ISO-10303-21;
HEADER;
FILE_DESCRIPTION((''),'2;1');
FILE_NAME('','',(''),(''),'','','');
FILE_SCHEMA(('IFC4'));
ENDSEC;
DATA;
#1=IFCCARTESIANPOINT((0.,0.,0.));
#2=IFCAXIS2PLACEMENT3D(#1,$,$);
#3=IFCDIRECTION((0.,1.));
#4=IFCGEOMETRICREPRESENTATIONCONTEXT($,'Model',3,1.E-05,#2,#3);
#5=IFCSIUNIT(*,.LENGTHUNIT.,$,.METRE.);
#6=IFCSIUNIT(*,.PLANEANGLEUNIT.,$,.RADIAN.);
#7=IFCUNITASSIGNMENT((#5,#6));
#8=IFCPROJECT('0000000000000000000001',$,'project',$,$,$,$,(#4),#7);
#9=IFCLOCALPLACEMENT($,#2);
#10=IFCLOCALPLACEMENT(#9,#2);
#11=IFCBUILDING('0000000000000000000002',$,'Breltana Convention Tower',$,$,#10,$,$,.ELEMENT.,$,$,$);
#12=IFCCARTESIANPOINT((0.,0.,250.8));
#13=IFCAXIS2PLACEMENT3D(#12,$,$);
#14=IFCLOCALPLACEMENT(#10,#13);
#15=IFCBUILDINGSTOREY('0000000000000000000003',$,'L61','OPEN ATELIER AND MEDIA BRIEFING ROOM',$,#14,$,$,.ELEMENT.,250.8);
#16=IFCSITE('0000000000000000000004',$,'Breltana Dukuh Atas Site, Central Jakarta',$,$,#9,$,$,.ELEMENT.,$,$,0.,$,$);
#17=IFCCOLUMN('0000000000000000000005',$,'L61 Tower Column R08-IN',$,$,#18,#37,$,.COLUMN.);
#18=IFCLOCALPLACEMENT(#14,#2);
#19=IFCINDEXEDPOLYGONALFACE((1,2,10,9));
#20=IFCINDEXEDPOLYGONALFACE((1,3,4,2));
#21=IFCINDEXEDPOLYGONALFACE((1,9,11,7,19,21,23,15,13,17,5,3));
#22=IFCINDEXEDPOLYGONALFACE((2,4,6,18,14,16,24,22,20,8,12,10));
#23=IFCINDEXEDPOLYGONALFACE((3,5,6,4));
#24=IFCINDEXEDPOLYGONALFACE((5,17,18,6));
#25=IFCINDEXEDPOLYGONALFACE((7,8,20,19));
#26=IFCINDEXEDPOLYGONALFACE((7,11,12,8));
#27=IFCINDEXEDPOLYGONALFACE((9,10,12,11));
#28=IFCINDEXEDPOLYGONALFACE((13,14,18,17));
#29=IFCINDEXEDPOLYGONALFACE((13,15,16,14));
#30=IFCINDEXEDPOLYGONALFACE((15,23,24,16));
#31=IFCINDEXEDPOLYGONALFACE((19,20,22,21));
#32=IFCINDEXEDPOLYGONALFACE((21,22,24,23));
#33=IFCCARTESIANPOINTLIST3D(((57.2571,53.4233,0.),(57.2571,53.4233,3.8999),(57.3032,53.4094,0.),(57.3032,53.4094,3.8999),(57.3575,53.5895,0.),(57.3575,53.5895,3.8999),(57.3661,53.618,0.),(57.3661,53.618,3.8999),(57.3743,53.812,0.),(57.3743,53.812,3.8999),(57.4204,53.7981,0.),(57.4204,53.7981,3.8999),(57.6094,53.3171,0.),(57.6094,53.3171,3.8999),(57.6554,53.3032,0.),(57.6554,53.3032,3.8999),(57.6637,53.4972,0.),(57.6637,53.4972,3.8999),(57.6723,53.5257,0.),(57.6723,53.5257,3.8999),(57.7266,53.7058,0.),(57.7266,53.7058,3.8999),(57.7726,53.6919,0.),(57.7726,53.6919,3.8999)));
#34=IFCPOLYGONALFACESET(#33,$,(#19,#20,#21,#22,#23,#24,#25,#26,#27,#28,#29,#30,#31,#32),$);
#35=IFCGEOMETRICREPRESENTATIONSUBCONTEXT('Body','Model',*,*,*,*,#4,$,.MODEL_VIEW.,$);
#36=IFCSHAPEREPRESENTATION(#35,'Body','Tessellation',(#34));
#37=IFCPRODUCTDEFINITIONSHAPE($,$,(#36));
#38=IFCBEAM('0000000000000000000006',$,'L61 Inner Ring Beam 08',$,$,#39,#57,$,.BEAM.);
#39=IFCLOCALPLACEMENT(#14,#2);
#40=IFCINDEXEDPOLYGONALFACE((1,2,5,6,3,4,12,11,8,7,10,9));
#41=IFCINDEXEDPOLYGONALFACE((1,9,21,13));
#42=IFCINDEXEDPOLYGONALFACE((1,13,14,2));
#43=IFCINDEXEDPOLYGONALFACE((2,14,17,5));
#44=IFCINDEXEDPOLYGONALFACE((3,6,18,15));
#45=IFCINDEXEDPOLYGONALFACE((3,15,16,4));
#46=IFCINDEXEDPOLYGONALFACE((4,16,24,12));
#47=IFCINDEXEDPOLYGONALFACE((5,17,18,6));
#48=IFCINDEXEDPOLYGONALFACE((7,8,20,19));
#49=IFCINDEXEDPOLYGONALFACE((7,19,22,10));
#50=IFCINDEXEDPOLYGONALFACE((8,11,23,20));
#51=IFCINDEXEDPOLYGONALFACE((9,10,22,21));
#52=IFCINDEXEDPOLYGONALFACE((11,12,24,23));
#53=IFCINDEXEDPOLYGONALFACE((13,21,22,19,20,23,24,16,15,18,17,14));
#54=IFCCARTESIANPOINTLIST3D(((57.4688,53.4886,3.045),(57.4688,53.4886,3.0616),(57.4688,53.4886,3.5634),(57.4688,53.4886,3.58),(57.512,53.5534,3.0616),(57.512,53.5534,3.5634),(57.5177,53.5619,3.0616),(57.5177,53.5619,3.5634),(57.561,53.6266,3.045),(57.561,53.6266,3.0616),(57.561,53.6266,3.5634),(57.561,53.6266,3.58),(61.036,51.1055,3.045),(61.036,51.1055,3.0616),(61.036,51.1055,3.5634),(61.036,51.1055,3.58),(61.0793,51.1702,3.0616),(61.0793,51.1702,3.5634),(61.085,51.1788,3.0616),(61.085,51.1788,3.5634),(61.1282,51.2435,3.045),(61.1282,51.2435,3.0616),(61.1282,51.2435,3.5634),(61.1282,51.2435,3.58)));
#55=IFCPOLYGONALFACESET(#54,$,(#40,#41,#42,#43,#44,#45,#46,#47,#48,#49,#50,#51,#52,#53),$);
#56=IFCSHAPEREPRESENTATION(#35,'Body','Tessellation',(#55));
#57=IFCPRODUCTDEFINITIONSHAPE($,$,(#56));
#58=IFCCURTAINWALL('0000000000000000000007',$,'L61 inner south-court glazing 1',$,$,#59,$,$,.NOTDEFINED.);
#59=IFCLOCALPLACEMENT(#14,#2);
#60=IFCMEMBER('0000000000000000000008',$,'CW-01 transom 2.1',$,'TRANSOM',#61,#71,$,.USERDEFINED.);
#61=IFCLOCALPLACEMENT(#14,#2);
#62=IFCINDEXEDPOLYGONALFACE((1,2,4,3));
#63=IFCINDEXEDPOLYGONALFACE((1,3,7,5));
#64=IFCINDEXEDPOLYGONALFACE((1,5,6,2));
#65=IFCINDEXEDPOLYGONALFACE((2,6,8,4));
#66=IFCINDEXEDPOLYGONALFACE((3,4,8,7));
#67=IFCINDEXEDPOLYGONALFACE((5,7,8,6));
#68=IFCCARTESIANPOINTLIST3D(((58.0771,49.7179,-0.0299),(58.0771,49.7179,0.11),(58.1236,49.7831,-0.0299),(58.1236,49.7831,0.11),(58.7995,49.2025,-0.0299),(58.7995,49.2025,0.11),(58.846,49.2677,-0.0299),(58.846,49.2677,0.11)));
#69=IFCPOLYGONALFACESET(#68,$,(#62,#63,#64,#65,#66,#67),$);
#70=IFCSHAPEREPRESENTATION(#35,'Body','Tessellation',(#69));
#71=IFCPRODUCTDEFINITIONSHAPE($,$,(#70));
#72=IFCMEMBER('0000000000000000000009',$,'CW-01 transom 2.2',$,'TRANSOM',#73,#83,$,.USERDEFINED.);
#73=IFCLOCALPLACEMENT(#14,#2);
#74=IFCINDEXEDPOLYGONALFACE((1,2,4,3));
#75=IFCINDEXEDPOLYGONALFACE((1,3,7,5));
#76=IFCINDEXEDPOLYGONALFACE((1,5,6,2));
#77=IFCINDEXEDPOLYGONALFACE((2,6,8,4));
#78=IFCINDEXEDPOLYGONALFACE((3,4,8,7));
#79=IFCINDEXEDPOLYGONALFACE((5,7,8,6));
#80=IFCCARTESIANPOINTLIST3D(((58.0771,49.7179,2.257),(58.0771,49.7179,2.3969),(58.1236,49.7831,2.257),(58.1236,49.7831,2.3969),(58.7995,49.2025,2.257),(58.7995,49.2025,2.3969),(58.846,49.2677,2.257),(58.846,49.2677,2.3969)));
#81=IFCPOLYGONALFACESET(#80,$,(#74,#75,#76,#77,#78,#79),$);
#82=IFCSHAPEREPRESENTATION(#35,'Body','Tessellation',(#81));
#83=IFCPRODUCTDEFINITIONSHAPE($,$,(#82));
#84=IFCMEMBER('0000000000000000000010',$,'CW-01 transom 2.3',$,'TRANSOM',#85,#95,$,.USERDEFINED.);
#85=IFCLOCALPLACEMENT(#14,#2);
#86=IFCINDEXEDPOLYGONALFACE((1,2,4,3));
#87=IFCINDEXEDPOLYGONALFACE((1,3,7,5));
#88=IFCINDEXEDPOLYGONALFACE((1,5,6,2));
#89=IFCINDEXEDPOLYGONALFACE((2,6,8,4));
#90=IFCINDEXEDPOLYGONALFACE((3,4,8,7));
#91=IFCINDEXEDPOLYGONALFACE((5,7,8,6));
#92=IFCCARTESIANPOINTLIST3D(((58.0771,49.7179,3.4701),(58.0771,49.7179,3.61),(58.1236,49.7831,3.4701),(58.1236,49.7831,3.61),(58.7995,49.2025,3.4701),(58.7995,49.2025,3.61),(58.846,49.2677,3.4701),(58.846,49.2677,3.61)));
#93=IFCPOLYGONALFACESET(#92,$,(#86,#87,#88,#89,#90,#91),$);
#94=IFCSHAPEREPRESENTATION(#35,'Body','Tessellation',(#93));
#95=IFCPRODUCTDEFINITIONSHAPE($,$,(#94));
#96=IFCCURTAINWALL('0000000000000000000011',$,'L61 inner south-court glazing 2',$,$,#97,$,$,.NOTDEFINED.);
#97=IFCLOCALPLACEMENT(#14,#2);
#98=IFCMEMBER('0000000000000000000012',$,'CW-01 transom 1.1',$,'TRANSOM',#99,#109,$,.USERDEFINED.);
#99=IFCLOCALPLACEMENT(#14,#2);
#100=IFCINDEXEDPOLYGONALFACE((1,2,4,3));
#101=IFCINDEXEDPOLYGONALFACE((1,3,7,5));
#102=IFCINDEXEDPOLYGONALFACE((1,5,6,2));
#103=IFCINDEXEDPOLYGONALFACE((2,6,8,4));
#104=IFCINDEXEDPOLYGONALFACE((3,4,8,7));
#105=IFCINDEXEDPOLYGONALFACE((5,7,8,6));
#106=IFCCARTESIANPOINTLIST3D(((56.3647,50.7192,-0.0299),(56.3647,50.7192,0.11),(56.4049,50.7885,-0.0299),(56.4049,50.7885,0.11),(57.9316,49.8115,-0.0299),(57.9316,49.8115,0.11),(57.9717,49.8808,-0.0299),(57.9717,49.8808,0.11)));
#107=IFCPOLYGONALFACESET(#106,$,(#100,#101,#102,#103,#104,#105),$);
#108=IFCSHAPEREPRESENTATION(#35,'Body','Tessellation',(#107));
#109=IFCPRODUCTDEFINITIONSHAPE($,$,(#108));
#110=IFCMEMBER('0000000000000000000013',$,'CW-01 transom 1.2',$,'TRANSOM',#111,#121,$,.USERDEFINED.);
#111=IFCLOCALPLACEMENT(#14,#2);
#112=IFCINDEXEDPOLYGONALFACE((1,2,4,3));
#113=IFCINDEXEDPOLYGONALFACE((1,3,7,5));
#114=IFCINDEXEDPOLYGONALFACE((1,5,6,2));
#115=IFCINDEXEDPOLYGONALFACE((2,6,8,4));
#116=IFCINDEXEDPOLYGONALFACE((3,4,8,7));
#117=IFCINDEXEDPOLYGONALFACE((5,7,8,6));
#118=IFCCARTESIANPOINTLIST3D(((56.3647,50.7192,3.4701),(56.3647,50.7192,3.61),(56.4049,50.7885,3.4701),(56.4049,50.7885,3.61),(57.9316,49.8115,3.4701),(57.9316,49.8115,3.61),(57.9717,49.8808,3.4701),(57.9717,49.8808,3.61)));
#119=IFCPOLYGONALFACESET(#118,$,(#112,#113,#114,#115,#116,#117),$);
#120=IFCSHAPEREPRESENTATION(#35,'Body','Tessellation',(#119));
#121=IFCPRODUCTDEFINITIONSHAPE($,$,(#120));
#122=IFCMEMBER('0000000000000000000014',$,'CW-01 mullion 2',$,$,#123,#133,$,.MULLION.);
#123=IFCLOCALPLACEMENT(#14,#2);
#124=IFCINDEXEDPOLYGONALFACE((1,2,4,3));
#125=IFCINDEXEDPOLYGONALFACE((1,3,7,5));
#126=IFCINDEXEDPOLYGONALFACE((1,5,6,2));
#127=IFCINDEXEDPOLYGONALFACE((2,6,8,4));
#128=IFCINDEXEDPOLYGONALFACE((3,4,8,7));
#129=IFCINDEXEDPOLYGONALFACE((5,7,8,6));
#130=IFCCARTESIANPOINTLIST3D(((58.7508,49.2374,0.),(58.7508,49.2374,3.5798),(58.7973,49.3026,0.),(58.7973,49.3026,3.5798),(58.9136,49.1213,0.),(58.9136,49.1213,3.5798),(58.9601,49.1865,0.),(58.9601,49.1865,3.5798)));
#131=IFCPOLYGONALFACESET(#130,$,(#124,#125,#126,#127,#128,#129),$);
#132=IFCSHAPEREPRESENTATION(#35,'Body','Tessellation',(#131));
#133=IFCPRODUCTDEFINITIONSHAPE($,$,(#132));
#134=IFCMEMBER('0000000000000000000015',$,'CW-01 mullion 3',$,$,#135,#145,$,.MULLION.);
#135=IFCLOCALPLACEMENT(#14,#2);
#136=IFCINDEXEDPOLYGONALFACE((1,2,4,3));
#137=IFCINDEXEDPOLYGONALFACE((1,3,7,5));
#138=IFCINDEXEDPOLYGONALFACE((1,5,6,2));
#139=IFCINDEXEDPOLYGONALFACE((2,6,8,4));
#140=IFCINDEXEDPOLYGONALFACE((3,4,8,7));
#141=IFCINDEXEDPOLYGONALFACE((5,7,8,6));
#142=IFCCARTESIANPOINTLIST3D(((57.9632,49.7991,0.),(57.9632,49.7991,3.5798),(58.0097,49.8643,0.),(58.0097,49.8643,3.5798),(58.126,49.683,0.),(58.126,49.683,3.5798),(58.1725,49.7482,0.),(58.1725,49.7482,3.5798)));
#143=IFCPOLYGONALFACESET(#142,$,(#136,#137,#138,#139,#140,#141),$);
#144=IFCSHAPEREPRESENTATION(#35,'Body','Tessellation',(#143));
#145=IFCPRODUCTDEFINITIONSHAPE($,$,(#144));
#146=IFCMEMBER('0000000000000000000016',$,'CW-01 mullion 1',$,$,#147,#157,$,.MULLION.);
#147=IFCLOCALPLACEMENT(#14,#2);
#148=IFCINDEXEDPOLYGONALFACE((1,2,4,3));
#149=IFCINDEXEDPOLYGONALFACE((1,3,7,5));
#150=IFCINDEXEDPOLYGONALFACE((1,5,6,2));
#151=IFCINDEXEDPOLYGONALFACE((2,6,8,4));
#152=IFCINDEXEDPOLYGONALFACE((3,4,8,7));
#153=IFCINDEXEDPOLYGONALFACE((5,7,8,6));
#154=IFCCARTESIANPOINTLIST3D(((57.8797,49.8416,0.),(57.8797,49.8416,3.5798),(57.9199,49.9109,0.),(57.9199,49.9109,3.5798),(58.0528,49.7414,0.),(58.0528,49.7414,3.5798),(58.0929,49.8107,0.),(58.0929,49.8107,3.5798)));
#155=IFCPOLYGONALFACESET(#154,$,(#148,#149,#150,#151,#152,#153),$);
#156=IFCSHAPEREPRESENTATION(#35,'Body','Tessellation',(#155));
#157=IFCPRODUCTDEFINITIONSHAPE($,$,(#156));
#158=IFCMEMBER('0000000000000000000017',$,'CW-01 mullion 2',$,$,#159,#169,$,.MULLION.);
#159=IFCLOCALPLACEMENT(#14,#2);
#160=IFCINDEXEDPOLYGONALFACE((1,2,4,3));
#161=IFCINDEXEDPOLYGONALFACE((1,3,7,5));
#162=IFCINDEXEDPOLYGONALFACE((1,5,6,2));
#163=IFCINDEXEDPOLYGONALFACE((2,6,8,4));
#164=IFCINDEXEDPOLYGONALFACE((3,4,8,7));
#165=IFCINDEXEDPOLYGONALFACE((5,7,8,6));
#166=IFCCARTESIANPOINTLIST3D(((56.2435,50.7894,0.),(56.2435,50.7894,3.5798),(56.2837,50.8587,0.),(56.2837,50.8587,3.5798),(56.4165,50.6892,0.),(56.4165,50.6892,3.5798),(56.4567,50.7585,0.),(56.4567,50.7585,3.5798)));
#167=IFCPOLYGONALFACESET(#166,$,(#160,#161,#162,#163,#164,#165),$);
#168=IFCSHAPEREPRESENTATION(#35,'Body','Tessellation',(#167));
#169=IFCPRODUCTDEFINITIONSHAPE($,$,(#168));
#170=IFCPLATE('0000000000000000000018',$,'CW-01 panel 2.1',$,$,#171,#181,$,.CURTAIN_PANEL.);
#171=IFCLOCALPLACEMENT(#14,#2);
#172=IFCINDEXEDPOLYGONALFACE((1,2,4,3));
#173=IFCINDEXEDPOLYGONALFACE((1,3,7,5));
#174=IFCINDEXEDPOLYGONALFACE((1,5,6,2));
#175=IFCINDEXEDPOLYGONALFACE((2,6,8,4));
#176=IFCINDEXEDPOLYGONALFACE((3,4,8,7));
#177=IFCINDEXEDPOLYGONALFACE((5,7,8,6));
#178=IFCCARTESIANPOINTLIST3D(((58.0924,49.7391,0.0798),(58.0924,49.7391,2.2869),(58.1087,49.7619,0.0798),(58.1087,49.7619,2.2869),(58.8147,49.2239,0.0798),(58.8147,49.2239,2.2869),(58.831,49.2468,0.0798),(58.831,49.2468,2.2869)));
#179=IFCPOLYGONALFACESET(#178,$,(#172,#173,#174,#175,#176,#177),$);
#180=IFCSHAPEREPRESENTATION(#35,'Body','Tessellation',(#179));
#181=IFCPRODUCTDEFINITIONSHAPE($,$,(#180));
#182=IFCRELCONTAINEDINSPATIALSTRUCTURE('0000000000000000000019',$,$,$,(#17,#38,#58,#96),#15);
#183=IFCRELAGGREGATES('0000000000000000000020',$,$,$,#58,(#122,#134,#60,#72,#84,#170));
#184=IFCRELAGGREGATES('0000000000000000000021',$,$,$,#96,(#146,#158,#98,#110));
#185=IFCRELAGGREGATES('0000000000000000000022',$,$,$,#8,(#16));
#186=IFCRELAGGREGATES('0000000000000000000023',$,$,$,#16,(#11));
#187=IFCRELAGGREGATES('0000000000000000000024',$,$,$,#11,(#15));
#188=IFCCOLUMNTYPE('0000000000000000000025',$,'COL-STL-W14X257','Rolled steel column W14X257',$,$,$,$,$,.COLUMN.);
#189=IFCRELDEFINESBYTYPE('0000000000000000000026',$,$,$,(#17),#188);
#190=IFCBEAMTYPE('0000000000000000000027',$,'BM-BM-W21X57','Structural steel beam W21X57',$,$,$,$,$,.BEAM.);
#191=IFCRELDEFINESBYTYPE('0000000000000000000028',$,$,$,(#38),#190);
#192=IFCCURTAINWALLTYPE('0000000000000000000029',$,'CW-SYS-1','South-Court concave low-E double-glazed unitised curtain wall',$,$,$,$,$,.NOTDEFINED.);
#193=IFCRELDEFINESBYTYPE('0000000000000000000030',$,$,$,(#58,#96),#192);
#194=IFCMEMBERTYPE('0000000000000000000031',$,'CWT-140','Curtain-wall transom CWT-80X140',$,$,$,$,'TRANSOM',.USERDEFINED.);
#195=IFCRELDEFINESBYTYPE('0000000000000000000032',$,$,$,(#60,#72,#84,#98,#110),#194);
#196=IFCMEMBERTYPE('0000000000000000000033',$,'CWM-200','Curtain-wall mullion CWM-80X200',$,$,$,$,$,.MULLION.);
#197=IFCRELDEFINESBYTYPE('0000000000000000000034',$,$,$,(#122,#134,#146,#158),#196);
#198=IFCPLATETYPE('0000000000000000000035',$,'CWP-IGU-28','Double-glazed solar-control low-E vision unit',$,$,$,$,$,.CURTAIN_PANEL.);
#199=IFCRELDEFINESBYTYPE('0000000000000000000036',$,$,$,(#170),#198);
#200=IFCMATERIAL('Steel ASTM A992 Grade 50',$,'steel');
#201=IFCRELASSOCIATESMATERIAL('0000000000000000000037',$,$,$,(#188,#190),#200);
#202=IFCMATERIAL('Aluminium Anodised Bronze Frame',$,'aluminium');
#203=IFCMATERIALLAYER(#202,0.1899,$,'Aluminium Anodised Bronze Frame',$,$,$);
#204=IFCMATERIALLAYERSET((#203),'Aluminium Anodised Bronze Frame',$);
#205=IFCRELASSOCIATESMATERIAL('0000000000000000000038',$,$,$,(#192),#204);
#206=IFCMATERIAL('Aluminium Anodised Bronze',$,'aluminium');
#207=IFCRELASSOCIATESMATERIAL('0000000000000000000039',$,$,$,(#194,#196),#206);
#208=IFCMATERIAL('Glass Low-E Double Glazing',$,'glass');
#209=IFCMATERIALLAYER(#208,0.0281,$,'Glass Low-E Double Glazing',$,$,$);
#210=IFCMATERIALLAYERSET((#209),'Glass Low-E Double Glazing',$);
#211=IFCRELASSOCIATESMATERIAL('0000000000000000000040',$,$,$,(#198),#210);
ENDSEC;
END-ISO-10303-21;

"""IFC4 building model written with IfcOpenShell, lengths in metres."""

from ifc_helpers import new_model, si_unit, direction, frame, origin, origin_2d, place, context, subcontext, project, spatial, rectangle, i_section, extrude, source, transform, mapped, material, layer, layer_set, material_profile, profile_set, type_object, element, aggregate, save


model = new_model("IFC4")

# Units and contexts
model_context = context("Model", 3, precision=1e-05, world=origin(), true_north=direction((0.0, 1.0)))
body_context = subcontext(model_context, "Body", "Model", "MODEL_VIEW")
ifc_project = project(units=[si_unit("LENGTHUNIT", "METRE"), si_unit("PLANEANGLEUNIT", "RADIAN")], contexts=[model_context])

# Site, building, storey
site_placement = place(None, origin())
site = spatial("IfcSite", under=ifc_project, at=site_placement, Name="Breltana Dukuh Atas Site, Central Jakarta", CompositionType="ELEMENT", RefElevation=0.0)
building_placement = place(site_placement, origin())
building = spatial("IfcBuilding", under=site, at=building_placement, Name="Breltana Convention Tower", CompositionType="ELEMENT")
storey_placement = place(building_placement, frame((0.0, 0.0, 250.8)))
storey = spatial("IfcBuildingStorey", under=building, at=storey_placement, Name="L61", Description="OPEN ATELIER AND MEDIA BRIEFING ROOM", CompositionType="ELEMENT", Elevation=250.8)

# Column
ifc_material_1 = material(Name="Steel ASTM A992 Grade 50", Category="steel")
ifc_material_profile_1 = material_profile(ifc_material_1, i_section(OverallWidth=0.406, OverallDepth=0.416, WebThickness=0.0298, FlangeThickness=0.0481, at=origin_2d()), Name="W14X257")
ifc_profile_set_1 = profile_set([ifc_material_profile_1], Name="Steel ASTM A992 Grade 50")
column_type = type_object("IfcColumnType", Name="COL-STL-W14X257", Description="Rolled steel column W14X257", PredefinedType="COLUMN", material=ifc_profile_set_1)
shared_shape_1 = source(origin(), body_context, "Body", "SweptSolid", [
    extrude(i_section(OverallWidth=0.406, OverallDepth=0.416, WebThickness=0.0298, FlangeThickness=0.0481, at=origin_2d()), origin(), (0.0, 0.0, 1.0), 3.8999),
])
column_placement = place(storey_placement, frame((57.5149, 53.5576, 0.0), z_axis=(0.0, 0.0, 1.0), x_axis=(0.288698, 0.95742, 0.0)))
element("IfcColumn", 1, at=column_placement, inside=storey, type_object=column_type, Name="L61 Tower Column R08-IN", PredefinedType="COLUMN", context=body_context, shape_type="MappedRepresentation", body=[
    mapped(shared_shape_1, transform((0.0, 0.0, 0.0), scale=1.0)),
])

# Beam
ifc_material_profile_2 = material_profile(ifc_material_1, i_section(OverallWidth=0.166, OverallDepth=0.5349, WebThickness=0.0103, FlangeThickness=0.0166, at=origin_2d()), Name="W21X57")
ifc_profile_set_2 = profile_set([ifc_material_profile_2], Name="Steel ASTM A992 Grade 50")
beam_type = type_object("IfcBeamType", Name="BM-BM-W21X57", Description="Structural steel beam W21X57", PredefinedType="BEAM", material=ifc_profile_set_2)
shared_shape_2 = source(origin(), body_context, "Body", "SweptSolid", [
    extrude(i_section(OverallWidth=0.166, OverallDepth=0.5349, WebThickness=0.0103, FlangeThickness=0.0166, at=origin_2d()), origin(), (0.0, 0.0, 1.0), 4.29),
])
beam_placement = place(storey_placement, frame((57.5149, 53.5576, 3.3125), z_axis=(0.831516, -0.555501, 0.0), x_axis=(0.555501, 0.831516, 0.0)))
element("IfcBeam", 2, at=beam_placement, inside=storey, type_object=beam_type, Name="L61 Inner Ring Beam 08", PredefinedType="BEAM", context=body_context, shape_type="MappedRepresentation", body=[
    mapped(shared_shape_2, transform((0.0, 0.0, 0.0), scale=1.0)),
])

# Curtain walls, members
ifc_material_2 = material(Name="Aluminium Anodised Bronze Frame", Category="aluminium")
ifc_layer_1 = layer(ifc_material_2, 0.1899, Name="Aluminium Anodised Bronze Frame")
ifc_layer_set_1 = layer_set([ifc_layer_1], Name="Aluminium Anodised Bronze Frame")
curtain_wall_type = type_object("IfcCurtainWallType", Name="CW-SYS-1", Description="South-Court concave low-E double-glazed unitised curtain wall", PredefinedType="NOTDEFINED", material=ifc_layer_set_1)
curtain_wall_1_placement = place(storey_placement, origin())
curtain_wall_1 = element("IfcCurtainWall", 3, at=curtain_wall_1_placement, inside=storey, type_object=curtain_wall_type, Name="L61 inner south-court glazing 1", PredefinedType="NOTDEFINED")
ifc_material_3 = material(Name="Aluminium Anodised Bronze", Category="aluminium")
ifc_material_profile_3 = material_profile(ifc_material_3, rectangle(XDim=0.0801, YDim=0.1399, at=origin_2d()), Name="CWT-80X140")
ifc_profile_set_3 = profile_set([ifc_material_profile_3], Name="Aluminium Anodised Bronze")
member_type_1 = type_object("IfcMemberType", Name="CWT-140", Description="Curtain-wall transom CWT-80X140", ElementType="TRANSOM", PredefinedType="USERDEFINED", material=ifc_profile_set_3)
shared_shape_3 = source(origin(), body_context, "Body", "SweptSolid", [
    extrude(rectangle(XDim=0.0801, YDim=0.1399, at=origin_2d()), origin(), (0.0, 0.0, 1.0), 0.8875),
])
member_1_placement = place(storey_placement, frame((58.8228, 49.2351, 0.04), z_axis=(-0.814068, 0.58077, 0.0), x_axis=(-0.58077, -0.814068, 0.0)))
member_1 = element("IfcMember", 4, at=member_1_placement, type_object=member_type_1, Name="CW-01 transom 2.1", ObjectType="TRANSOM", PredefinedType="USERDEFINED", context=body_context, shape_type="MappedRepresentation", body=[
    mapped(shared_shape_3, transform((0.0, 0.0, 0.0), scale=1.0)),
])
member_2_placement = place(storey_placement, frame((58.8228, 49.2351, 2.3269), z_axis=(-0.814068, 0.58077, 0.0), x_axis=(-0.58077, -0.814068, 0.0)))
member_2 = element("IfcMember", 5, at=member_2_placement, type_object=member_type_1, Name="CW-01 transom 2.2", ObjectType="TRANSOM", PredefinedType="USERDEFINED", context=body_context, shape_type="MappedRepresentation", body=[
    mapped(shared_shape_3, transform((0.0, 0.0, 0.0), scale=1.0)),
])
member_3_placement = place(storey_placement, frame((58.8228, 49.2351, 3.54), z_axis=(-0.814068, 0.58077, 0.0), x_axis=(-0.58077, -0.814068, 0.0)))
member_3 = element("IfcMember", 6, at=member_3_placement, type_object=member_type_1, Name="CW-01 transom 2.3", ObjectType="TRANSOM", PredefinedType="USERDEFINED", context=body_context, shape_type="MappedRepresentation", body=[
    mapped(shared_shape_3, transform((0.0, 0.0, 0.0), scale=1.0)),
])
curtain_wall_2_placement = place(storey_placement, origin())
curtain_wall_2 = element("IfcCurtainWall", 7, at=curtain_wall_2_placement, inside=storey, type_object=curtain_wall_type, Name="L61 inner south-court glazing 2", PredefinedType="NOTDEFINED")
shared_shape_4 = source(origin(), body_context, "Body", "SweptSolid", [
    extrude(rectangle(XDim=0.0801, YDim=0.1399, at=origin_2d()), origin(), (0.0, 0.0, 1.0), 1.8108),
])
member_4_placement = place(storey_placement, frame((57.9517, 49.8462, 0.04), z_axis=(-0.865291, 0.50127, 0.0), x_axis=(-0.50127, -0.865291, 0.0)))
member_4 = element("IfcMember", 8, at=member_4_placement, type_object=member_type_1, Name="CW-01 transom 1.1", ObjectType="TRANSOM", PredefinedType="USERDEFINED", context=body_context, shape_type="MappedRepresentation", body=[
    mapped(shared_shape_4, transform((0.0, 0.0, 0.0), scale=1.0)),
])
member_5_placement = place(storey_placement, frame((57.9517, 49.8462, 3.54), z_axis=(-0.865291, 0.50127, 0.0), x_axis=(-0.50127, -0.865291, 0.0)))
member_5 = element("IfcMember", 9, at=member_5_placement, type_object=member_type_1, Name="CW-01 transom 1.2", ObjectType="TRANSOM", PredefinedType="USERDEFINED", context=body_context, shape_type="MappedRepresentation", body=[
    mapped(shared_shape_4, transform((0.0, 0.0, 0.0), scale=1.0)),
])

# Members
ifc_material_profile_4 = material_profile(ifc_material_3, rectangle(XDim=0.0801, YDim=0.2, at=origin_2d()), Name="CWM-80X200")
ifc_profile_set_4 = profile_set([ifc_material_profile_4], Name="Aluminium Anodised Bronze")
member_type_2 = type_object("IfcMemberType", Name="CWM-200", Description="Curtain-wall mullion CWM-80X200", PredefinedType="MULLION", material=ifc_profile_set_4)
shared_shape_5 = source(origin(), body_context, "Body", "SweptSolid", [
    extrude(rectangle(XDim=0.0801, YDim=0.2, at=origin_2d()), origin(), (0.0, 0.0, 1.0), 3.5798),
])
member_6_placement = place(storey_placement, frame((58.8555, 49.2119, 0.0), z_axis=(0.0, 0.0, 1.0), x_axis=(-0.580679, -0.814132, 0.0)))
member_6 = element("IfcMember", 10, at=member_6_placement, type_object=member_type_2, Name="CW-01 mullion 2", PredefinedType="MULLION", context=body_context, shape_type="MappedRepresentation", body=[
    mapped(shared_shape_5, transform((0.0, 0.0, 0.0), scale=1.0)),
])
member_7_placement = place(storey_placement, frame((58.0679, 49.7737, 0.0), z_axis=(0.0, 0.0, 1.0), x_axis=(-0.580679, -0.814132, 0.0)))
member_7 = element("IfcMember", 11, at=member_7_placement, type_object=member_type_2, Name="CW-01 mullion 3", PredefinedType="MULLION", context=body_context, shape_type="MappedRepresentation", body=[
    mapped(shared_shape_5, transform((0.0, 0.0, 0.0), scale=1.0)),
])
member_8_placement = place(storey_placement, frame((57.9863, 49.8262, 0.0), z_axis=(0.0, 0.0, 1.0), x_axis=(-0.50119, -0.865337, 0.0)))
member_8 = element("IfcMember", 12, at=member_8_placement, type_object=member_type_2, Name="CW-01 mullion 1", PredefinedType="MULLION", context=body_context, shape_type="MappedRepresentation", body=[
    mapped(shared_shape_5, transform((0.0, 0.0, 0.0), scale=1.0)),
])
member_9_placement = place(storey_placement, frame((56.3501, 50.7739, 0.0), z_axis=(0.0, 0.0, 1.0), x_axis=(-0.50119, -0.865337, 0.0)))
member_9 = element("IfcMember", 13, at=member_9_placement, type_object=member_type_2, Name="CW-01 mullion 2", PredefinedType="MULLION", context=body_context, shape_type="MappedRepresentation", body=[
    mapped(shared_shape_5, transform((0.0, 0.0, 0.0), scale=1.0)),
])

# Plate
ifc_material_4 = material(Name="Glass Low-E Double Glazing", Category="glass")
ifc_layer_2 = layer(ifc_material_4, 0.0281, Name="Glass Low-E Double Glazing")
ifc_layer_set_2 = layer_set([ifc_layer_2], Name="Glass Low-E Double Glazing")
plate_type = type_object("IfcPlateType", Name="CWP-IGU-28", Description="Double-glazed solar-control low-E vision unit", PredefinedType="CURTAIN_PANEL", material=ifc_layer_set_2)
shared_shape_6 = source(origin(), body_context, "Body", "SweptSolid", [
    extrude(rectangle(XDim=0.8872, YDim=0.0281, at=origin_2d()), origin(), (0.0, 0.0, 1.0), 2.207),
])
plate_1_placement = place(storey_placement, frame((58.4617, 49.4929, 0.0798), z_axis=(0.0, 0.0, 1.0), x_axis=(-0.814132, 0.580679, 0.0)))
plate_1 = element("IfcPlate", 14, at=plate_1_placement, type_object=plate_type, Name="CW-01 panel 2.1", PredefinedType="CURTAIN_PANEL", context=body_context, shape_type="MappedRepresentation", body=[
    mapped(shared_shape_6, transform((0.0, 0.0, 0.0), scale=1.0)),
])
aggregate(curtain_wall_1, [member_6, member_7, member_1, member_2, member_3, plate_1])
aggregate(curtain_wall_2, [member_8, member_9, member_4, member_5])

save(model, "model.ifc")
